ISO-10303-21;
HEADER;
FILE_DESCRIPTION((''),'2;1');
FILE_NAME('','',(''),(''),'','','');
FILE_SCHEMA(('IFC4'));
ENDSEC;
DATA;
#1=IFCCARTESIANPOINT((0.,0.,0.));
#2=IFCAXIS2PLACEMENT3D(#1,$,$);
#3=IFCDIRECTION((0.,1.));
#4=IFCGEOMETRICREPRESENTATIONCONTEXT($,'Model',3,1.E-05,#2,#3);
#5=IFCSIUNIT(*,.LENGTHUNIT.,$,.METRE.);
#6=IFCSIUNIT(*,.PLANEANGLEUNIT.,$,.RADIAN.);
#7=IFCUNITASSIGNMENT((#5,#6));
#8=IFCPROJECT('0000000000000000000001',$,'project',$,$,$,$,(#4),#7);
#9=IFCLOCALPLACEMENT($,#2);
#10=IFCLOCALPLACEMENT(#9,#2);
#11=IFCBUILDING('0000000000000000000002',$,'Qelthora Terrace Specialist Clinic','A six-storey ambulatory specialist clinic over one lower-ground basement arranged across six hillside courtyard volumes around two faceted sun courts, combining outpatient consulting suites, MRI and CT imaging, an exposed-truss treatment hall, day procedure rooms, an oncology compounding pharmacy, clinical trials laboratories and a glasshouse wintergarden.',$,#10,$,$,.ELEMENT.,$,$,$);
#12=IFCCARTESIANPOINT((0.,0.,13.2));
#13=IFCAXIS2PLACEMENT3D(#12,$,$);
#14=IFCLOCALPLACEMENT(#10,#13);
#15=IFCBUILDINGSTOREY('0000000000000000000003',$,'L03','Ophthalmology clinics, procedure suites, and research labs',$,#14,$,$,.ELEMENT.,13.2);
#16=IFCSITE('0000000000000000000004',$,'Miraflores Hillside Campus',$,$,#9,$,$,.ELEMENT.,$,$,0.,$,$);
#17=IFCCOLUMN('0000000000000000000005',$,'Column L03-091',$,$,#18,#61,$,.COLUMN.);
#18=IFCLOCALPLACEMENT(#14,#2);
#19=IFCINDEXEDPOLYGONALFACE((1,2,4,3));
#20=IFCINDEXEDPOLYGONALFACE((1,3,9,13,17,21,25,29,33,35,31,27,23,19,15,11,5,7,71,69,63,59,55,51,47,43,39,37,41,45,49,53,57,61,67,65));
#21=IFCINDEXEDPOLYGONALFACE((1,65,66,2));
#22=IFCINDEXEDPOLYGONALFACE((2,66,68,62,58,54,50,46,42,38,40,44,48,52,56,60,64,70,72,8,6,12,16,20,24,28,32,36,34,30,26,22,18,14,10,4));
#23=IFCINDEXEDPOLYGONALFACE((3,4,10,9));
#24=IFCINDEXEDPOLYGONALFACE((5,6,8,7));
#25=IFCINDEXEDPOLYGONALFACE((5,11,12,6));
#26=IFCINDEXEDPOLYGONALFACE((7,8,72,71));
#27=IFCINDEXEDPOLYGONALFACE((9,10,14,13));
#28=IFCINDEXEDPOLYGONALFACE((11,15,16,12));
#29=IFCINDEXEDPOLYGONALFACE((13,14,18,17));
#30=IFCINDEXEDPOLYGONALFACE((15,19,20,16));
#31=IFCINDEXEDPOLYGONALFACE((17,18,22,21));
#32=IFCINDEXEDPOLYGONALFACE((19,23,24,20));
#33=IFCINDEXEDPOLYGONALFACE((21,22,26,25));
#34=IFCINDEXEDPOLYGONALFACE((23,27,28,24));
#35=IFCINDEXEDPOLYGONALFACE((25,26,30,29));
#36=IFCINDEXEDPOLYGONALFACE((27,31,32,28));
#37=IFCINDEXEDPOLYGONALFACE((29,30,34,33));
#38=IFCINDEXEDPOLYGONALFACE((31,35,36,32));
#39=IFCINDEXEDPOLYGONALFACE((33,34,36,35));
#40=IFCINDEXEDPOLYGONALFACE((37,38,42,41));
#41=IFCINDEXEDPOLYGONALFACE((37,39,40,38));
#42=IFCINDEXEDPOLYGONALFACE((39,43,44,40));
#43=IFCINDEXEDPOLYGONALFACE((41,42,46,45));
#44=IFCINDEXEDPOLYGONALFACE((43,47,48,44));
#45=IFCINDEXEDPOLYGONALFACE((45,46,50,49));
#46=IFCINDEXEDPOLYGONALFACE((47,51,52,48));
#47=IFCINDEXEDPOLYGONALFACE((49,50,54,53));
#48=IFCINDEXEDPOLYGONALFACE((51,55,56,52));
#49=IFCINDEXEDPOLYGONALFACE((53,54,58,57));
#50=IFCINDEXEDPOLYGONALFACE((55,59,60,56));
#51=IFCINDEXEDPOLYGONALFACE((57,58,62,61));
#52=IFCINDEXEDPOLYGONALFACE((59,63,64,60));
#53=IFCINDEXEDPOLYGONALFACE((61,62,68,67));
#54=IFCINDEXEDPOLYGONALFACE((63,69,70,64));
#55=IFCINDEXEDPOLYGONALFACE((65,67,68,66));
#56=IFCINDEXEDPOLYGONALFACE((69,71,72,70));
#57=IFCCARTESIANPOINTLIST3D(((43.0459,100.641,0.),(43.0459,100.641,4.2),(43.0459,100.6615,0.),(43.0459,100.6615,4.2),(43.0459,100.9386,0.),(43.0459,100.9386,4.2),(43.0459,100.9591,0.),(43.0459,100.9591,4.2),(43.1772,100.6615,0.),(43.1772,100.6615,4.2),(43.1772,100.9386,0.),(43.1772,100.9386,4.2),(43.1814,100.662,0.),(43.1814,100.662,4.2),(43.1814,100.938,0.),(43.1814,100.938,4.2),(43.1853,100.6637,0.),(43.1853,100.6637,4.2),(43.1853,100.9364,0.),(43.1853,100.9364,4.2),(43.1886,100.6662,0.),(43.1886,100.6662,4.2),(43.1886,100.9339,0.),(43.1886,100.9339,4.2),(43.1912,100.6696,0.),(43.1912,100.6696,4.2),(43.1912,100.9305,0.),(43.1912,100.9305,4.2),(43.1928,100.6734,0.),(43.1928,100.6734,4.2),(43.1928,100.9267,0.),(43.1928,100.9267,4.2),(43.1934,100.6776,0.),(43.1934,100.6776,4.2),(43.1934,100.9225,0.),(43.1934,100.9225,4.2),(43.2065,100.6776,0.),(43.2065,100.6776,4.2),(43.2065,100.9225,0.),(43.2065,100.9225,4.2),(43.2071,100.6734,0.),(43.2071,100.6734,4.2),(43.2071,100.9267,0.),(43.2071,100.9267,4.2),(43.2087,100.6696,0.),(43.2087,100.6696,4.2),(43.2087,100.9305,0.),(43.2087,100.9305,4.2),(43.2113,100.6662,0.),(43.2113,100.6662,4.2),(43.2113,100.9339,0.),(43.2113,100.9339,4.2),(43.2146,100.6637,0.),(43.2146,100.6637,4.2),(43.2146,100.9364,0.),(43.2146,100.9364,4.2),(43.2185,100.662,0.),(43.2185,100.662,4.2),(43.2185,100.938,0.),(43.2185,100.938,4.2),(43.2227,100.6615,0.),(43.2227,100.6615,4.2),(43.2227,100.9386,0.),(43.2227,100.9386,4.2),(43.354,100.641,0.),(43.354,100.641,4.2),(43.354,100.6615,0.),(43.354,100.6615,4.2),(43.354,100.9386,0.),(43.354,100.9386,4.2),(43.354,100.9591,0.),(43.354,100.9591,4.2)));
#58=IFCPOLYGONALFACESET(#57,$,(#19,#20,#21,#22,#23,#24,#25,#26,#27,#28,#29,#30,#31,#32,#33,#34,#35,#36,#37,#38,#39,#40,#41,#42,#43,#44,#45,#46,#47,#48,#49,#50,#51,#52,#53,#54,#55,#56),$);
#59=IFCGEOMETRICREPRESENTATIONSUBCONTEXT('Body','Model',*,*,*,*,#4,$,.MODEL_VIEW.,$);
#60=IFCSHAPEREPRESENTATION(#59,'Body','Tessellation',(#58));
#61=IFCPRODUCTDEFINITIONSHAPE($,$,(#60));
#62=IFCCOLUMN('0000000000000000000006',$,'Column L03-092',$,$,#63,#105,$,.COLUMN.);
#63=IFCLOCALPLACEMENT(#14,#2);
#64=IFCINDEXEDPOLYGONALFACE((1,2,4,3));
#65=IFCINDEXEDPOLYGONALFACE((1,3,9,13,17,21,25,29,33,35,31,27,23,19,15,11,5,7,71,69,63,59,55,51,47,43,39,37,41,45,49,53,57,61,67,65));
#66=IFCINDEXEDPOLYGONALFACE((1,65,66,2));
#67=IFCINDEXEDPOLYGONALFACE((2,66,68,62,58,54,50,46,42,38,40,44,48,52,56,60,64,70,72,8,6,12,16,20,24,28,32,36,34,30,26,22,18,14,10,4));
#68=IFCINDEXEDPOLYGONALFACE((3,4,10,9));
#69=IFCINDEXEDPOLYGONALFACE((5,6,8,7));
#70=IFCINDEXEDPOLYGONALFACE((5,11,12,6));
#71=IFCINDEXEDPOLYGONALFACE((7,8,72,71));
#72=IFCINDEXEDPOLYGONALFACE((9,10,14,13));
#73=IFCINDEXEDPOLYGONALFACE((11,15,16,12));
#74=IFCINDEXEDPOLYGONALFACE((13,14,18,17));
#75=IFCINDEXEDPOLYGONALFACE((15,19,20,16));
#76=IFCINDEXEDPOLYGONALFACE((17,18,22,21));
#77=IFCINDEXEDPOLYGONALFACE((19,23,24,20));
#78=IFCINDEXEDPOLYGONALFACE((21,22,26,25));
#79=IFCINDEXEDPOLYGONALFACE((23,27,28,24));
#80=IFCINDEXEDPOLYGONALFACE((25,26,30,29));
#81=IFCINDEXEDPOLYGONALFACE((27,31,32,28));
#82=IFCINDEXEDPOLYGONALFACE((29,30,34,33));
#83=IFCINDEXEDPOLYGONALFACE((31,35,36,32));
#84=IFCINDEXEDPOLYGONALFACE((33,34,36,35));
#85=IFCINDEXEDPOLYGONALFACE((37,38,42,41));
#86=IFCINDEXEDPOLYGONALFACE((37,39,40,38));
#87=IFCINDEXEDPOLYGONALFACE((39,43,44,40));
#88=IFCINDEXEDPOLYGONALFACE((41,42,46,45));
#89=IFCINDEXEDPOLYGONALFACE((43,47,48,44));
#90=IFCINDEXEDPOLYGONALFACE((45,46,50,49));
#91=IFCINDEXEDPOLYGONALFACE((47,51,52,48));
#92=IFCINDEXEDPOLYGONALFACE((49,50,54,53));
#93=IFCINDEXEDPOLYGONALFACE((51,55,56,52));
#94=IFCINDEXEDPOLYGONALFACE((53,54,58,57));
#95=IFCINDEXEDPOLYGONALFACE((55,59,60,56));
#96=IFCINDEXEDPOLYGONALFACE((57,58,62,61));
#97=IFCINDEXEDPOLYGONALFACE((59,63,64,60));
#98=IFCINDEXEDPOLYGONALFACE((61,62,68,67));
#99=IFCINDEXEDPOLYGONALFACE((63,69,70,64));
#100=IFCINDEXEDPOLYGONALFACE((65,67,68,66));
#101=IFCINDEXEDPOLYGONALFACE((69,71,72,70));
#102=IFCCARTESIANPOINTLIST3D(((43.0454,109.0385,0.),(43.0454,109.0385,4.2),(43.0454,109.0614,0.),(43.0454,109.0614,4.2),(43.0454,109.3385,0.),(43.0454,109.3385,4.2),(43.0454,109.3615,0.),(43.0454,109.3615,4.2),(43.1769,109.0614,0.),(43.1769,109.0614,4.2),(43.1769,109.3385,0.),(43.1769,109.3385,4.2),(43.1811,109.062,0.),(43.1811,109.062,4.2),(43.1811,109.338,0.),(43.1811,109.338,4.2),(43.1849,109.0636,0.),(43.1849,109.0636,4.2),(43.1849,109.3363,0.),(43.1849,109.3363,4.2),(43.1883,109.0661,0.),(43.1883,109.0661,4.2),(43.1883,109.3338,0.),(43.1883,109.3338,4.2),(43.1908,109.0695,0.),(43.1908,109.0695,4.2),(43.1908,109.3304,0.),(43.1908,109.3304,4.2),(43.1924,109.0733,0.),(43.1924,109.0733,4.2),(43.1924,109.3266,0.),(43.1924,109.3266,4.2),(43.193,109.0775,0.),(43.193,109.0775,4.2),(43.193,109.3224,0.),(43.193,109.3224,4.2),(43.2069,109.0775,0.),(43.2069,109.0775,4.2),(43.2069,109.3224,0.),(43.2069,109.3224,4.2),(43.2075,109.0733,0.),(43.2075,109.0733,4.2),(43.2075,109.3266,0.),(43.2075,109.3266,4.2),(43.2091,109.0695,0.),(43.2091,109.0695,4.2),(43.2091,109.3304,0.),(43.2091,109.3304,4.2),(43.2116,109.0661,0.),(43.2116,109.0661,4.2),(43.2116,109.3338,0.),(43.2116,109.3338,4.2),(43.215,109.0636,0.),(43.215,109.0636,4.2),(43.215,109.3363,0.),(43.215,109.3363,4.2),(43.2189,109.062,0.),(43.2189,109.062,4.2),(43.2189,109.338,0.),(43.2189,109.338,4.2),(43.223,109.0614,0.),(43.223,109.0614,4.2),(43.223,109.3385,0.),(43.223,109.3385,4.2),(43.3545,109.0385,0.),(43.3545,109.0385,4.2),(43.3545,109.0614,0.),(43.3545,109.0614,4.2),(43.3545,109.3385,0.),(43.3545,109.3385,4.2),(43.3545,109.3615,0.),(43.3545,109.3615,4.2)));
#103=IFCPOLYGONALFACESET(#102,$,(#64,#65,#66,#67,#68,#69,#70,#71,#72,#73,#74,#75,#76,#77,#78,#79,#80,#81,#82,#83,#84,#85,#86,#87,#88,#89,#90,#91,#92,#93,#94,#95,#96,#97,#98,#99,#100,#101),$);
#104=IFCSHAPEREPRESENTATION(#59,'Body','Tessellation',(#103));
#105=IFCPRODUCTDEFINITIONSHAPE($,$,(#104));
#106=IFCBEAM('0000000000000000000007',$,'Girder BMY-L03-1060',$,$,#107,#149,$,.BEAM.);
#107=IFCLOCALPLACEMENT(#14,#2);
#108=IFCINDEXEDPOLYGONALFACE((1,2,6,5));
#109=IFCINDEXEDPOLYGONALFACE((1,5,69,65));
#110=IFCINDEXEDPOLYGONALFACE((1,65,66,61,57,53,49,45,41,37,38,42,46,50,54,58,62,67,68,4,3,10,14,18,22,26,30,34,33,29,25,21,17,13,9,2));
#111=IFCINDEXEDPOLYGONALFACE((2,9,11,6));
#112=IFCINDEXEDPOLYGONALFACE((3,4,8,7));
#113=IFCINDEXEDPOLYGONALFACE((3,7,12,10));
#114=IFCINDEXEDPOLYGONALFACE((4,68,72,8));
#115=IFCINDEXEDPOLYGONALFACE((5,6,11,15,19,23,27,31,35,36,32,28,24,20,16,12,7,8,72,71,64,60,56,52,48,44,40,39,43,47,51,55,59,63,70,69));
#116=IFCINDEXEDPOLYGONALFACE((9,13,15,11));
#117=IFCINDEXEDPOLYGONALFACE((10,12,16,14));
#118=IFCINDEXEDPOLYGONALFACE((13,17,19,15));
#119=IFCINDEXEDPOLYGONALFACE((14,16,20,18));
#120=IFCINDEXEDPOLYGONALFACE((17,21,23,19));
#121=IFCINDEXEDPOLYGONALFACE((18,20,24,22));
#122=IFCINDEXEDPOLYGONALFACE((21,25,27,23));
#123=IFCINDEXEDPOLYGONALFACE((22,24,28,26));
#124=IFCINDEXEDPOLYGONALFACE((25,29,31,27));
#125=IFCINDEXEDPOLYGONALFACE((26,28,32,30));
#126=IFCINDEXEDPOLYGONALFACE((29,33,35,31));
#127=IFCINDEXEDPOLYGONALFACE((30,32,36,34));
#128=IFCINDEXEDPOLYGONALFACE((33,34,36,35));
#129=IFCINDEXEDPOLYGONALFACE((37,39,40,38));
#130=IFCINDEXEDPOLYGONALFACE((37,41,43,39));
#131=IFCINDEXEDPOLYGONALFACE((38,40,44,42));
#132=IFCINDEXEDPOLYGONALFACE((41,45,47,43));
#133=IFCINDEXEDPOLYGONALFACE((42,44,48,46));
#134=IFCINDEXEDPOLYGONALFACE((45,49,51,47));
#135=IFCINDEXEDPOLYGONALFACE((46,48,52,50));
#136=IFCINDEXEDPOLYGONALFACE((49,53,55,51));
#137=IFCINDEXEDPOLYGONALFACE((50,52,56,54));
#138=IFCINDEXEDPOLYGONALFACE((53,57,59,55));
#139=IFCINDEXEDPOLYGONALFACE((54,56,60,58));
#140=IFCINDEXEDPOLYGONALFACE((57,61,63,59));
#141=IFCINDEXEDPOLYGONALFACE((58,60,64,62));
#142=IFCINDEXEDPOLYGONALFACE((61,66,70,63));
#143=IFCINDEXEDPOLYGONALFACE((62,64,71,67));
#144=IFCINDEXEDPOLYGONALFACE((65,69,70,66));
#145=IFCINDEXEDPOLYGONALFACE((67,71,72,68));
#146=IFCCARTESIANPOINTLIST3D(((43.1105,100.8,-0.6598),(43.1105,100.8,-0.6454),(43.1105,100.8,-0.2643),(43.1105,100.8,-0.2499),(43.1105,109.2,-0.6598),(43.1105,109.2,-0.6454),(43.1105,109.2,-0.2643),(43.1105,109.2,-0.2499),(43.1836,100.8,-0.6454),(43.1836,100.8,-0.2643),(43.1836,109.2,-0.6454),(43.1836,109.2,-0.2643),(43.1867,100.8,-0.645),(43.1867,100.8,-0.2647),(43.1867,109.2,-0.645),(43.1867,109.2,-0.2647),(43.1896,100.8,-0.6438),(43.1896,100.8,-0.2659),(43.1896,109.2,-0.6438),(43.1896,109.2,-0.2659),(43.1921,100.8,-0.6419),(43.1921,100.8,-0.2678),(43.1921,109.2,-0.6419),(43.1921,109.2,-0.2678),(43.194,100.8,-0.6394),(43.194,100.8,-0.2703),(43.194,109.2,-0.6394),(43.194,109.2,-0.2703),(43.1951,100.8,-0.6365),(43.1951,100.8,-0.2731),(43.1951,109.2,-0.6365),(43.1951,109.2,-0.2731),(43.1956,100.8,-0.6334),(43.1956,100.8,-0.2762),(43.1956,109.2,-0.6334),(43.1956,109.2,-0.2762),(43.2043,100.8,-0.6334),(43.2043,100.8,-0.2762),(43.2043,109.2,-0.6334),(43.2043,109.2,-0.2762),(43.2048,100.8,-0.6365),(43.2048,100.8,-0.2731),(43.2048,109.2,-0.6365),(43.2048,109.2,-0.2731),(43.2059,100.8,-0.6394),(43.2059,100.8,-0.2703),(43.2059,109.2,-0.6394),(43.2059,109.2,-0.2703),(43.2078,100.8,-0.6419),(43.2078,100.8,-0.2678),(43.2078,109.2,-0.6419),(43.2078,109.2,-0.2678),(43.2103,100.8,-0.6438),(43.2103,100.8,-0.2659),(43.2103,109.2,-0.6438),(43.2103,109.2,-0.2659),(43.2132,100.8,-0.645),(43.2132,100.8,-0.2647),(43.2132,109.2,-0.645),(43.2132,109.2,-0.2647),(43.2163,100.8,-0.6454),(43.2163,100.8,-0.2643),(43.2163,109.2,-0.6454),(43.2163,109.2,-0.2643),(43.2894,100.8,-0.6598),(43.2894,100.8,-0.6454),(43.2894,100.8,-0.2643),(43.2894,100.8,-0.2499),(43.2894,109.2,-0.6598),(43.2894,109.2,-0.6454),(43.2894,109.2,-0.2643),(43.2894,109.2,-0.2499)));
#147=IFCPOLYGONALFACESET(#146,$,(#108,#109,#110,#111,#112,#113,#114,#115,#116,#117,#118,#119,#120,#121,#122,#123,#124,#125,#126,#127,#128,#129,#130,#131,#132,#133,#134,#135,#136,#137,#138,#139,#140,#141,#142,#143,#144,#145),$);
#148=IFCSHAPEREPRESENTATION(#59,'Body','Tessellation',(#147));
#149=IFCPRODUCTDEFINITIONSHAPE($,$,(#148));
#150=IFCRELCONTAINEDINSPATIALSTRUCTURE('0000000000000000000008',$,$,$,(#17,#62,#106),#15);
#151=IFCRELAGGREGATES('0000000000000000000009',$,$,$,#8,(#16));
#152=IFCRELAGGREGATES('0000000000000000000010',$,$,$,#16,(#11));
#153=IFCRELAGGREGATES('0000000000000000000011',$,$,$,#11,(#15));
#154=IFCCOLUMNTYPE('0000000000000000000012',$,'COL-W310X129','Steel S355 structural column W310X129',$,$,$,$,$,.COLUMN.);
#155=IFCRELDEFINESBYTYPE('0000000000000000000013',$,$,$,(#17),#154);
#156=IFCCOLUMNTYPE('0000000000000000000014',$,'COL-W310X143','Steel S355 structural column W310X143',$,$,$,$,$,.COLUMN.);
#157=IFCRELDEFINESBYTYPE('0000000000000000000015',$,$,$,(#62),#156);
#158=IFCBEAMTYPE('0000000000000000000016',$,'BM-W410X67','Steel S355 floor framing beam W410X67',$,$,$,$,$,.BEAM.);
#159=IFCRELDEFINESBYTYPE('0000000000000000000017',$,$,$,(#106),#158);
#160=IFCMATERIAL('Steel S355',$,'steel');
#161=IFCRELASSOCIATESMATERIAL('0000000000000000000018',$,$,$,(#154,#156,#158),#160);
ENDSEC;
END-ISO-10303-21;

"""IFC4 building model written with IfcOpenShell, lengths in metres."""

from ifc_helpers import new_model, si_unit, direction, frame, origin, origin_2d, place, context, subcontext, project, spatial, i_section, extrude, material, material_profile, profile_set, type_object, element, save


model = new_model("IFC4")

# Units and contexts
model_context = context("Model", 3, precision=1e-05, world=origin(), true_north=direction((0.0, 1.0)))
body_context = subcontext(model_context, "Body", "Model", "MODEL_VIEW")
ifc_project = project(units=[si_unit("LENGTHUNIT", "METRE"), si_unit("PLANEANGLEUNIT", "RADIAN")], contexts=[model_context])

# Site, building, storey
site_placement = place(None, origin())
site = spatial("IfcSite", under=ifc_project, at=site_placement, Name="Miraflores Hillside Campus", CompositionType="ELEMENT", RefElevation=0.0)
building_placement = place(site_placement, origin())
building = spatial("IfcBuilding", under=site, at=building_placement, Name="Qelthora Terrace Specialist Clinic", Description="A six-storey ambulatory specialist clinic over one lower-ground basement arranged across six hillside courtyard volumes around two faceted sun courts, combining outpatient consulting suites, MRI and CT imaging, an exposed-truss treatment hall, day procedure rooms, an oncology compounding pharmacy, clinical trials laboratories and a glasshouse wintergarden.", CompositionType="ELEMENT")
storey_placement = place(building_placement, frame((0.0, 0.0, 13.2)))
storey = spatial("IfcBuildingStorey", under=building, at=storey_placement, Name="L03", Description="Ophthalmology clinics, procedure suites, and research labs", CompositionType="ELEMENT", Elevation=13.2)

# Columns
ifc_material_1 = material(Name="Steel S355", Category="steel")
ifc_material_profile_1 = material_profile(ifc_material_1, i_section(OverallWidth=0.3081, OverallDepth=0.3181, WebThickness=0.0132, FlangeThickness=0.0205, FilletRadius=0.0161, at=origin_2d()), Name="W310X129")
ifc_profile_set_1 = profile_set([ifc_material_profile_1], Name="Steel S355")
column_type_1 = type_object("IfcColumnType", Name="COL-W310X129", Description="Steel S355 structural column W310X129", PredefinedType="COLUMN", material=ifc_profile_set_1)
column_1_placement = place(storey_placement, frame((43.2, 100.8, 0.0), z_axis=(0.0, 0.0, 1.0), x_axis=(1.0, 0.0, 0.0)))
element("IfcColumn", 1, at=column_1_placement, inside=storey, type_object=column_type_1, Name="Column L03-091", PredefinedType="COLUMN", context=body_context, shape_type="SweptSolid", body=[
    extrude(i_section(OverallWidth=0.3081, OverallDepth=0.3181, WebThickness=0.0132, FlangeThickness=0.0205, FilletRadius=0.0161, at=origin_2d()), origin(), (0.0, 0.0, 1.0), 4.2),
])
ifc_material_profile_2 = material_profile(ifc_material_1, i_section(OverallWidth=0.3091, OverallDepth=0.323, WebThickness=0.0139, FlangeThickness=0.0229, FilletRadius=0.0161, at=origin_2d()), Name="W310X143")
ifc_profile_set_2 = profile_set([ifc_material_profile_2], Name="Steel S355")
column_type_2 = type_object("IfcColumnType", Name="COL-W310X143", Description="Steel S355 structural column W310X143", PredefinedType="COLUMN", material=ifc_profile_set_2)
column_2_placement = place(storey_placement, frame((43.2, 109.2, 0.0), z_axis=(0.0, 0.0, 1.0), x_axis=(1.0, 0.0, 0.0)))
element("IfcColumn", 2, at=column_2_placement, inside=storey, type_object=column_type_2, Name="Column L03-092", PredefinedType="COLUMN", context=body_context, shape_type="SweptSolid", body=[
    extrude(i_section(OverallWidth=0.3091, OverallDepth=0.323, WebThickness=0.0139, FlangeThickness=0.0229, FilletRadius=0.0161, at=origin_2d()), origin(), (0.0, 0.0, 1.0), 4.2),
])

# Beam
ifc_material_profile_3 = material_profile(ifc_material_1, i_section(OverallWidth=0.179, OverallDepth=0.4099, WebThickness=0.0088, FlangeThickness=0.0144, FilletRadius=0.012, at=origin_2d()), Name="W410X67")
ifc_profile_set_3 = profile_set([ifc_material_profile_3], Name="Steel S355")
beam_type_1 = type_object("IfcBeamType", Name="BM-W410X67", Description="Steel S355 floor framing beam W410X67", PredefinedType="BEAM", material=ifc_profile_set_3)
beam_1_placement = place(storey_placement, frame((43.2, 100.8, -0.4548), z_axis=(0.0, 1.0, 0.0), x_axis=(-1.0, 0.0, 0.0)))
element("IfcBeam", 3, at=beam_1_placement, inside=storey, type_object=beam_type_1, Name="Girder BMY-L03-1060", PredefinedType="BEAM", context=body_context, shape_type="SweptSolid", body=[
    extrude(i_section(OverallWidth=0.179, OverallDepth=0.4099, WebThickness=0.0088, FlangeThickness=0.0144, FilletRadius=0.012, at=origin_2d()), origin(), (0.0, 0.0, 1.0), 8.3999),
])

save(model, "model.ifc")
